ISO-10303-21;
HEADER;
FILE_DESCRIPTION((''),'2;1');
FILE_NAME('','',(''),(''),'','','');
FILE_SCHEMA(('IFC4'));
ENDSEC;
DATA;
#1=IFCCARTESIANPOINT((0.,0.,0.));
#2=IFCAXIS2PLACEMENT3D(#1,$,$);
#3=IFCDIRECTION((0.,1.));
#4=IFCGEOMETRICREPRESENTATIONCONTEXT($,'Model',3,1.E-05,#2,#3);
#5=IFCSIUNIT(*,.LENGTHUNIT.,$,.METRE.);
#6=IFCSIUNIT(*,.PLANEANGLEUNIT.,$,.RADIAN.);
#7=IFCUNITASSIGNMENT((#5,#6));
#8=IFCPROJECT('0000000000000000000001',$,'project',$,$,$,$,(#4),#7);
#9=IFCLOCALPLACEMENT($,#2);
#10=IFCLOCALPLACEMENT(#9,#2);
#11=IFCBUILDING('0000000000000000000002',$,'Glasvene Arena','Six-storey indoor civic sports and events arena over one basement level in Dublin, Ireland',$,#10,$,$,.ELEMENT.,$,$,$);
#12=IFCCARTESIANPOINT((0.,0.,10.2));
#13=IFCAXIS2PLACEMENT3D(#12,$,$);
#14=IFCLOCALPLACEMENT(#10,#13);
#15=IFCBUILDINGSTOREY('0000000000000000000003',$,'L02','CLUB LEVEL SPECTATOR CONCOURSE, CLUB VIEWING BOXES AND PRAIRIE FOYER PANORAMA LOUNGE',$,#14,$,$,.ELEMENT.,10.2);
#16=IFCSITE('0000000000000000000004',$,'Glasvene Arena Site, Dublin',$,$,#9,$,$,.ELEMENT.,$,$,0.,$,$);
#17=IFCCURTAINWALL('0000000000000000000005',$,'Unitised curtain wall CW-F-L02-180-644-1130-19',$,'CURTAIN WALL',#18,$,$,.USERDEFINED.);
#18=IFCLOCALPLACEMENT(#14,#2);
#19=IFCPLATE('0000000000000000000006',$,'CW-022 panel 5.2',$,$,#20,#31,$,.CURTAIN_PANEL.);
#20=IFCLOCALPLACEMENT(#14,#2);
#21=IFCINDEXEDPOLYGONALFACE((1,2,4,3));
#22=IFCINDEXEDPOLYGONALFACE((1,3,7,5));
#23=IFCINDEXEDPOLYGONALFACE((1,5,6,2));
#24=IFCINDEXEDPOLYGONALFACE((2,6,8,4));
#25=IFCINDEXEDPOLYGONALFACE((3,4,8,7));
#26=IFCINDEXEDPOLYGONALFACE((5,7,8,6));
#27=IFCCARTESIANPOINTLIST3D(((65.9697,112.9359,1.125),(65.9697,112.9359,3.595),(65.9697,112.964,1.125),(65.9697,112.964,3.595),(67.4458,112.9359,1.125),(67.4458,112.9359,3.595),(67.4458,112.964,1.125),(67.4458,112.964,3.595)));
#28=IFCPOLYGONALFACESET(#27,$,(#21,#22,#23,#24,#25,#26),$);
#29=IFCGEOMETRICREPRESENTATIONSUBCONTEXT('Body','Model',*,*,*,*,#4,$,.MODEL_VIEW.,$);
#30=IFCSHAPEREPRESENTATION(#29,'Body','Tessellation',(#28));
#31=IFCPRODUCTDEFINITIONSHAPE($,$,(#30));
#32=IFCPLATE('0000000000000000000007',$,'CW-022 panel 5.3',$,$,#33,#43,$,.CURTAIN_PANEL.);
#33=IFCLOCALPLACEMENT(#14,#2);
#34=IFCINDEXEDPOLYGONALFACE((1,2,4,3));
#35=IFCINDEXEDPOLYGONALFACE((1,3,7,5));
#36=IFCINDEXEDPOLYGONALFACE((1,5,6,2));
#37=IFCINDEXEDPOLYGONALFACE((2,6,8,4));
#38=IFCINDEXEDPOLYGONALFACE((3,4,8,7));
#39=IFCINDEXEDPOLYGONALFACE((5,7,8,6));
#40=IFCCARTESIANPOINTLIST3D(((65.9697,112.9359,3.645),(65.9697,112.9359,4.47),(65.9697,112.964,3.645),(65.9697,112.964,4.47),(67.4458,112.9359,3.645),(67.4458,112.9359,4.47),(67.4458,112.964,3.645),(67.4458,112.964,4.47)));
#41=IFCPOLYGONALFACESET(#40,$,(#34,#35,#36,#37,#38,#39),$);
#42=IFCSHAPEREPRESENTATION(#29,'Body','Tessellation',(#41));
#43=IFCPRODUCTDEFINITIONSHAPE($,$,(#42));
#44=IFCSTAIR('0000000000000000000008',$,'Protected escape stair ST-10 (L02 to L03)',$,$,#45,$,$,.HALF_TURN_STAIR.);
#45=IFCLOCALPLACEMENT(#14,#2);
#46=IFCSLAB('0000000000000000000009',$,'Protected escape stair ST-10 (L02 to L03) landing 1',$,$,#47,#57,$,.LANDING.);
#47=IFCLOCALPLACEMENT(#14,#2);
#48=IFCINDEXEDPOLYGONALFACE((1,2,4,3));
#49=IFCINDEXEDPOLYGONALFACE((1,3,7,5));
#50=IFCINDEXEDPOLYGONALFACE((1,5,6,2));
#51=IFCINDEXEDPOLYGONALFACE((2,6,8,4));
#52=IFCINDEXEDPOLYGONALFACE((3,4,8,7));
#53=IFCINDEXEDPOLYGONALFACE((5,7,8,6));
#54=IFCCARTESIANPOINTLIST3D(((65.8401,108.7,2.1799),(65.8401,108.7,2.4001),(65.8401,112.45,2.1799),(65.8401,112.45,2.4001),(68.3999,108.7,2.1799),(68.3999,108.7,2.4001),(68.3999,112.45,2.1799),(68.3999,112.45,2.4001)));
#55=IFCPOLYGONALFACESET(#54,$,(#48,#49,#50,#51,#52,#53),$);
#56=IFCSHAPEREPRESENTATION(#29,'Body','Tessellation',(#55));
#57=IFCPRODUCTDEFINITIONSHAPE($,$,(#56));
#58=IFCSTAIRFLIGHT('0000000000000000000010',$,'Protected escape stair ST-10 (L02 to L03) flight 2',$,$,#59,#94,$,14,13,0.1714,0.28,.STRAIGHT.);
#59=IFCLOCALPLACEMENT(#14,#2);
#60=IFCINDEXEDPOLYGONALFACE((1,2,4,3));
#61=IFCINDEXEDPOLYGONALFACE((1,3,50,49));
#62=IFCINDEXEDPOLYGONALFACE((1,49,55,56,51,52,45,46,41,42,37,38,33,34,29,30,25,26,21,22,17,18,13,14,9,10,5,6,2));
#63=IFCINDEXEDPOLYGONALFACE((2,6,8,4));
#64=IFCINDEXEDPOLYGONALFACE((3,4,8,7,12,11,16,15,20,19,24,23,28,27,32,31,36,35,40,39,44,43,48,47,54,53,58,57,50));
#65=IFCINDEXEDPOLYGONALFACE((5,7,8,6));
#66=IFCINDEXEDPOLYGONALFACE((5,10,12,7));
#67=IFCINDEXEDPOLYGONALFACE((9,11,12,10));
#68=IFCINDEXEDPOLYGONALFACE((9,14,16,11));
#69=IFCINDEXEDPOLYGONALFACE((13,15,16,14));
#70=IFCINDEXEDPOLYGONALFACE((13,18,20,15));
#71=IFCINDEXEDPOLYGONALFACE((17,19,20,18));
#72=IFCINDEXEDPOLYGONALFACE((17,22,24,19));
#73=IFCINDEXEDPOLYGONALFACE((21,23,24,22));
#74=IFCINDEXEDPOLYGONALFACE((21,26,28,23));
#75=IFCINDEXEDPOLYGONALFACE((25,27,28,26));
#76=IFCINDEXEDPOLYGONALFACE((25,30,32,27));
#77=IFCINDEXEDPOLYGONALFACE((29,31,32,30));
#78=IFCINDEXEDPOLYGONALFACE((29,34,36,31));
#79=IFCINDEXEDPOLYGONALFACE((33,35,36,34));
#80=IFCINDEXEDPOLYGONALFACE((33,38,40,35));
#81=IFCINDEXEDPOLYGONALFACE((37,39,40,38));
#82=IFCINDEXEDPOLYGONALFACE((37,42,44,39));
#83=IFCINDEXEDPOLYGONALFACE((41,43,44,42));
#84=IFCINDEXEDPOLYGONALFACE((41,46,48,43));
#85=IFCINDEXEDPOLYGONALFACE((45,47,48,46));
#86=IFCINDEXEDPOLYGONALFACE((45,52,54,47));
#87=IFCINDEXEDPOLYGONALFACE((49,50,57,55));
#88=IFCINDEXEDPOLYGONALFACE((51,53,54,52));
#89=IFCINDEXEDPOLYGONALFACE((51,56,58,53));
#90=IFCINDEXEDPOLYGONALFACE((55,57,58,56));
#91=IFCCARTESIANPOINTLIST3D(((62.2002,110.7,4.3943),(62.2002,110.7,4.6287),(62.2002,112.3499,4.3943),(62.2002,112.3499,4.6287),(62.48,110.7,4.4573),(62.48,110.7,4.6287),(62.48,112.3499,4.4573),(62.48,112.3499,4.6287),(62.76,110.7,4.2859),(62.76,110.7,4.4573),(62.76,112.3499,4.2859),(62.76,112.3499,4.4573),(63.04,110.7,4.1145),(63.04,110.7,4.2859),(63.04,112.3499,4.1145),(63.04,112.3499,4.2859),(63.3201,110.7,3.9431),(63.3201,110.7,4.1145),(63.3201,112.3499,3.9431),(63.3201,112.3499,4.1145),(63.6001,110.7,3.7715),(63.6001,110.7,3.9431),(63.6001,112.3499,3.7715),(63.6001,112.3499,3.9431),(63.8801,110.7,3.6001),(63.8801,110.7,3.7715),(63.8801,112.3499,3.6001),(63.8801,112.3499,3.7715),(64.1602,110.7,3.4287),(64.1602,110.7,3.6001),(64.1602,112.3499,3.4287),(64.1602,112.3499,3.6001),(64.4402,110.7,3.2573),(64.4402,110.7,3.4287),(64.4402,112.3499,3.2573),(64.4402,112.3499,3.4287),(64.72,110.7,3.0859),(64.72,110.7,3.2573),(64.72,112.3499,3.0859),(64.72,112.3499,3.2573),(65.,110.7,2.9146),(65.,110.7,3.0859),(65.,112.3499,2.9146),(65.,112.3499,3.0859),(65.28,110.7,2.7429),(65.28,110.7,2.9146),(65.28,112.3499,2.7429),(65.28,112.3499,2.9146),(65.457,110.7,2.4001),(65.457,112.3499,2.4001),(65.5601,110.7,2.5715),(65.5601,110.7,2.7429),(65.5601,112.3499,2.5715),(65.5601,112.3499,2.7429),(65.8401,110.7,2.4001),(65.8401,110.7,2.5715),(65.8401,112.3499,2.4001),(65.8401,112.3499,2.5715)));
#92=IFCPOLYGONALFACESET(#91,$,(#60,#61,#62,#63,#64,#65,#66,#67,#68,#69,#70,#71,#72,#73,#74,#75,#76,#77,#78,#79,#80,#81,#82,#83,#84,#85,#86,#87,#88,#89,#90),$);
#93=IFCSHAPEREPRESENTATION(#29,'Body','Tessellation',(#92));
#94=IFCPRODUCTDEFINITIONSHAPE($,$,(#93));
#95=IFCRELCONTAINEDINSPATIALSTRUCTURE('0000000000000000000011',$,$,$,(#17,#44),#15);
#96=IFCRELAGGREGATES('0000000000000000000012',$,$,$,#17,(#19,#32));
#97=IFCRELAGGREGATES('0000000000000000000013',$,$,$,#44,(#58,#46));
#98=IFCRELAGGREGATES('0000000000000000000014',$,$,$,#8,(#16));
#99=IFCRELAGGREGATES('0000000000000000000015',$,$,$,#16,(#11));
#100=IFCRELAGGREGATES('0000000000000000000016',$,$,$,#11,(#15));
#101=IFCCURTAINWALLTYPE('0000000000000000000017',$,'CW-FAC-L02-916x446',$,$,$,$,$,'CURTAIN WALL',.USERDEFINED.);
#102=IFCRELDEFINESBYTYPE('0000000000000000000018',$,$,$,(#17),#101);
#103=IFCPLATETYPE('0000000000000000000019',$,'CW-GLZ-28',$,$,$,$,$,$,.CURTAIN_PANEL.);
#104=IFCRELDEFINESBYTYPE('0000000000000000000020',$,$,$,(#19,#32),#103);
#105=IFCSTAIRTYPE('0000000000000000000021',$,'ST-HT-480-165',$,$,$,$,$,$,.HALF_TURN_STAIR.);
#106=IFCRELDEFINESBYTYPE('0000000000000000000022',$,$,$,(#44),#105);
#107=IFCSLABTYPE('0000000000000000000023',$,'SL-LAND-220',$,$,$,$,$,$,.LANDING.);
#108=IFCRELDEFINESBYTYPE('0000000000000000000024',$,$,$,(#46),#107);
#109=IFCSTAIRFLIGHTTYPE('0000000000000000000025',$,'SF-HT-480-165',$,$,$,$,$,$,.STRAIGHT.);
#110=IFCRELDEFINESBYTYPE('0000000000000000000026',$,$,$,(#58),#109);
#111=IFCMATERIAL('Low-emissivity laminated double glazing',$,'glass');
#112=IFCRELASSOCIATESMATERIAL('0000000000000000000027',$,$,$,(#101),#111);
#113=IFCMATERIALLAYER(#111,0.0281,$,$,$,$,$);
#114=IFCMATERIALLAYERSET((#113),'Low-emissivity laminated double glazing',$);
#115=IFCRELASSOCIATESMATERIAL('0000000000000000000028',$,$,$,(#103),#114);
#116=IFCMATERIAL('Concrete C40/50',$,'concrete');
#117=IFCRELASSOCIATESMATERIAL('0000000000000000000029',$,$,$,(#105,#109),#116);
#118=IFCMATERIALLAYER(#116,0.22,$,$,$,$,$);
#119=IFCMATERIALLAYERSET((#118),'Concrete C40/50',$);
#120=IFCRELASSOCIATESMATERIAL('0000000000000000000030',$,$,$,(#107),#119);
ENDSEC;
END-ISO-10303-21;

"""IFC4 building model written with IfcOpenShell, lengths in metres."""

from ifc_helpers import new_model, si_unit, direction, frame, origin, origin_2d, place, context, subcontext, project, spatial, polyline, rectangle, outline, extrude, material, layer, layer_set, type_object, element, aggregate, save


model = new_model("IFC4")

# Units and contexts
model_context = context("Model", 3, precision=1e-05, world=origin(), true_north=direction((0.0, 1.0)))
body_context = subcontext(model_context, "Body", "Model", "MODEL_VIEW")
ifc_project = project(units=[si_unit("LENGTHUNIT", "METRE"), si_unit("PLANEANGLEUNIT", "RADIAN")], contexts=[model_context])

# Site, building, storey
site_placement = place(None, origin())
site = spatial("IfcSite", under=ifc_project, at=site_placement, Name="Glasvene Arena Site, Dublin", CompositionType="ELEMENT", RefElevation=0.0)
building_placement = place(site_placement, origin())
building = spatial("IfcBuilding", under=site, at=building_placement, Name="Glasvene Arena", Description="Six-storey indoor civic sports and events arena over one basement level in Dublin, Ireland", CompositionType="ELEMENT")
storey_placement = place(building_placement, frame((0.0, 0.0, 10.2)))
storey = spatial("IfcBuildingStorey", under=building, at=storey_placement, Name="L02", Description="CLUB LEVEL SPECTATOR CONCOURSE, CLUB VIEWING BOXES AND PRAIRIE FOYER PANORAMA LOUNGE", CompositionType="ELEMENT", Elevation=10.2)

# Curtain wall, plates
ifc_material_1 = material(Name="Low-emissivity laminated double glazing", Category="glass")
curtain_wall_type = type_object("IfcCurtainWallType", Name="CW-FAC-L02-916x446", ElementType="CURTAIN WALL", PredefinedType="USERDEFINED", material=ifc_material_1)
curtain_wall_placement = place(storey_placement, frame((59.8401, 112.95, 0.0)))
curtain_wall = element("IfcCurtainWall", 1, at=curtain_wall_placement, inside=storey, type_object=curtain_wall_type, Name="Unitised curtain wall CW-F-L02-180-644-1130-19", ObjectType="CURTAIN WALL", PredefinedType="USERDEFINED")
ifc_layer_1 = layer(ifc_material_1, 0.0281)
ifc_layer_set_1 = layer_set([ifc_layer_1], Name="Low-emissivity laminated double glazing")
plate_type = type_object("IfcPlateType", Name="CW-GLZ-28", PredefinedType="CURTAIN_PANEL", material=ifc_layer_set_1)
plate_1_placement = place(storey_placement, frame((66.7078, 112.95, 1.125), z_axis=(0.0, 0.0, 1.0), x_axis=(1.0, 0.0, 0.0)))
plate_1 = element("IfcPlate", 2, at=plate_1_placement, type_object=plate_type, Name="CW-022 panel 5.2", PredefinedType="CURTAIN_PANEL", context=body_context, shape_type="SweptSolid", body=[
    extrude(rectangle(XDim=1.4761, YDim=0.0281, at=origin_2d()), origin(), (0.0, 0.0, 1.0), 2.47),
])
plate_2_placement = place(storey_placement, frame((66.7078, 112.95, 3.645), z_axis=(0.0, 0.0, 1.0), x_axis=(1.0, 0.0, 0.0)))
plate_2 = element("IfcPlate", 3, at=plate_2_placement, type_object=plate_type, Name="CW-022 panel 5.3", PredefinedType="CURTAIN_PANEL", context=body_context, shape_type="SweptSolid", body=[
    extrude(rectangle(XDim=1.4761, YDim=0.0281, at=origin_2d()), origin(), (0.0, 0.0, 1.0), 0.825),
])
aggregate(curtain_wall, [plate_1, plate_2])

# Stair, slab, stair flight
ifc_material_2 = material(Name="Concrete C40/50", Category="concrete")
stair_type = type_object("IfcStairType", Name="ST-HT-480-165", PredefinedType="HALF_TURN_STAIR", material=ifc_material_2)
stair_placement = place(storey_placement, origin())
stair = element("IfcStair", 4, at=stair_placement, inside=storey, type_object=stair_type, Name="Protected escape stair ST-10 (L02 to L03)", PredefinedType="HALF_TURN_STAIR")
ifc_layer_2 = layer(ifc_material_2, 0.22)
ifc_layer_set_2 = layer_set([ifc_layer_2], Name="Concrete C40/50")
slab_type = type_object("IfcSlabType", Name="SL-LAND-220", PredefinedType="LANDING", material=ifc_layer_set_2)
slab_placement = place(storey_placement, frame((67.1201, 110.575, 2.1799)))
slab = element("IfcSlab", 5, at=slab_placement, type_object=slab_type, Name="Protected escape stair ST-10 (L02 to L03) landing 1", PredefinedType="LANDING", context=body_context, shape_type="SweptSolid", body=[
    extrude(outline(polyline([(-1.28, -1.875), (1.2798, -1.875), (1.2798, 1.875), (-1.28, 1.875), (-1.28, -1.875)])), origin(), (0.0, 0.0, 1.0), 0.2202),
])
stair_flight_type = type_object("IfcStairFlightType", Name="SF-HT-480-165", PredefinedType="STRAIGHT", material=ifc_material_2)
stair_flight_placement = place(storey_placement, frame((65.8401, 111.5249, 2.4001), z_axis=(0.0, 0.0, 1.0), x_axis=(-1.0, 0.0, 0.0)))
stair_flight = element("IfcStairFlight", 6, at=stair_flight_placement, type_object=stair_flight_type, Name="Protected escape stair ST-10 (L02 to L03) flight 2", NumberOfRisers=14, NumberOfTreads=13, PredefinedType="STRAIGHT", RiserHeight=0.1714, TreadLength=0.28, context=body_context, shape_type="SweptSolid", body=[
    extrude(outline(polyline([(0.0, 0.0), (0.0, 0.1714), (0.28, 0.1714), (0.28, 0.3428), (0.5601, 0.3428), (0.5601, 0.5144), (0.8401, 0.5144), (0.8401, 0.6858), (1.1201, 0.6858), (1.1201, 0.8572), (1.3999, 0.8572), (1.3999, 1.0286), (1.6799, 1.0286), (1.6799, 1.2), (1.96, 1.2), (1.96, 1.3713), (2.24, 1.3713), (2.24, 1.543), (2.52, 1.543), (2.52, 1.7144), (2.8, 1.7144), (2.8, 1.8857), (3.0801, 1.8857), (3.0801, 2.0571), (3.3601, 2.0571), (3.3601, 2.2285), (3.6399, 2.2285), (3.6399, 2.3999), (3.6399, 1.9941), (0.3831, 0.0), (0.0, 0.0)])), frame((0.0, 0.825, 0.0), z_axis=(0.0, -1.0, 0.0), x_axis=(1.0, 0.0, 0.0)), (0.0, 0.0, 1.0), 1.6499),
])
aggregate(stair, [stair_flight, slab])

save(model, "model.ifc")
